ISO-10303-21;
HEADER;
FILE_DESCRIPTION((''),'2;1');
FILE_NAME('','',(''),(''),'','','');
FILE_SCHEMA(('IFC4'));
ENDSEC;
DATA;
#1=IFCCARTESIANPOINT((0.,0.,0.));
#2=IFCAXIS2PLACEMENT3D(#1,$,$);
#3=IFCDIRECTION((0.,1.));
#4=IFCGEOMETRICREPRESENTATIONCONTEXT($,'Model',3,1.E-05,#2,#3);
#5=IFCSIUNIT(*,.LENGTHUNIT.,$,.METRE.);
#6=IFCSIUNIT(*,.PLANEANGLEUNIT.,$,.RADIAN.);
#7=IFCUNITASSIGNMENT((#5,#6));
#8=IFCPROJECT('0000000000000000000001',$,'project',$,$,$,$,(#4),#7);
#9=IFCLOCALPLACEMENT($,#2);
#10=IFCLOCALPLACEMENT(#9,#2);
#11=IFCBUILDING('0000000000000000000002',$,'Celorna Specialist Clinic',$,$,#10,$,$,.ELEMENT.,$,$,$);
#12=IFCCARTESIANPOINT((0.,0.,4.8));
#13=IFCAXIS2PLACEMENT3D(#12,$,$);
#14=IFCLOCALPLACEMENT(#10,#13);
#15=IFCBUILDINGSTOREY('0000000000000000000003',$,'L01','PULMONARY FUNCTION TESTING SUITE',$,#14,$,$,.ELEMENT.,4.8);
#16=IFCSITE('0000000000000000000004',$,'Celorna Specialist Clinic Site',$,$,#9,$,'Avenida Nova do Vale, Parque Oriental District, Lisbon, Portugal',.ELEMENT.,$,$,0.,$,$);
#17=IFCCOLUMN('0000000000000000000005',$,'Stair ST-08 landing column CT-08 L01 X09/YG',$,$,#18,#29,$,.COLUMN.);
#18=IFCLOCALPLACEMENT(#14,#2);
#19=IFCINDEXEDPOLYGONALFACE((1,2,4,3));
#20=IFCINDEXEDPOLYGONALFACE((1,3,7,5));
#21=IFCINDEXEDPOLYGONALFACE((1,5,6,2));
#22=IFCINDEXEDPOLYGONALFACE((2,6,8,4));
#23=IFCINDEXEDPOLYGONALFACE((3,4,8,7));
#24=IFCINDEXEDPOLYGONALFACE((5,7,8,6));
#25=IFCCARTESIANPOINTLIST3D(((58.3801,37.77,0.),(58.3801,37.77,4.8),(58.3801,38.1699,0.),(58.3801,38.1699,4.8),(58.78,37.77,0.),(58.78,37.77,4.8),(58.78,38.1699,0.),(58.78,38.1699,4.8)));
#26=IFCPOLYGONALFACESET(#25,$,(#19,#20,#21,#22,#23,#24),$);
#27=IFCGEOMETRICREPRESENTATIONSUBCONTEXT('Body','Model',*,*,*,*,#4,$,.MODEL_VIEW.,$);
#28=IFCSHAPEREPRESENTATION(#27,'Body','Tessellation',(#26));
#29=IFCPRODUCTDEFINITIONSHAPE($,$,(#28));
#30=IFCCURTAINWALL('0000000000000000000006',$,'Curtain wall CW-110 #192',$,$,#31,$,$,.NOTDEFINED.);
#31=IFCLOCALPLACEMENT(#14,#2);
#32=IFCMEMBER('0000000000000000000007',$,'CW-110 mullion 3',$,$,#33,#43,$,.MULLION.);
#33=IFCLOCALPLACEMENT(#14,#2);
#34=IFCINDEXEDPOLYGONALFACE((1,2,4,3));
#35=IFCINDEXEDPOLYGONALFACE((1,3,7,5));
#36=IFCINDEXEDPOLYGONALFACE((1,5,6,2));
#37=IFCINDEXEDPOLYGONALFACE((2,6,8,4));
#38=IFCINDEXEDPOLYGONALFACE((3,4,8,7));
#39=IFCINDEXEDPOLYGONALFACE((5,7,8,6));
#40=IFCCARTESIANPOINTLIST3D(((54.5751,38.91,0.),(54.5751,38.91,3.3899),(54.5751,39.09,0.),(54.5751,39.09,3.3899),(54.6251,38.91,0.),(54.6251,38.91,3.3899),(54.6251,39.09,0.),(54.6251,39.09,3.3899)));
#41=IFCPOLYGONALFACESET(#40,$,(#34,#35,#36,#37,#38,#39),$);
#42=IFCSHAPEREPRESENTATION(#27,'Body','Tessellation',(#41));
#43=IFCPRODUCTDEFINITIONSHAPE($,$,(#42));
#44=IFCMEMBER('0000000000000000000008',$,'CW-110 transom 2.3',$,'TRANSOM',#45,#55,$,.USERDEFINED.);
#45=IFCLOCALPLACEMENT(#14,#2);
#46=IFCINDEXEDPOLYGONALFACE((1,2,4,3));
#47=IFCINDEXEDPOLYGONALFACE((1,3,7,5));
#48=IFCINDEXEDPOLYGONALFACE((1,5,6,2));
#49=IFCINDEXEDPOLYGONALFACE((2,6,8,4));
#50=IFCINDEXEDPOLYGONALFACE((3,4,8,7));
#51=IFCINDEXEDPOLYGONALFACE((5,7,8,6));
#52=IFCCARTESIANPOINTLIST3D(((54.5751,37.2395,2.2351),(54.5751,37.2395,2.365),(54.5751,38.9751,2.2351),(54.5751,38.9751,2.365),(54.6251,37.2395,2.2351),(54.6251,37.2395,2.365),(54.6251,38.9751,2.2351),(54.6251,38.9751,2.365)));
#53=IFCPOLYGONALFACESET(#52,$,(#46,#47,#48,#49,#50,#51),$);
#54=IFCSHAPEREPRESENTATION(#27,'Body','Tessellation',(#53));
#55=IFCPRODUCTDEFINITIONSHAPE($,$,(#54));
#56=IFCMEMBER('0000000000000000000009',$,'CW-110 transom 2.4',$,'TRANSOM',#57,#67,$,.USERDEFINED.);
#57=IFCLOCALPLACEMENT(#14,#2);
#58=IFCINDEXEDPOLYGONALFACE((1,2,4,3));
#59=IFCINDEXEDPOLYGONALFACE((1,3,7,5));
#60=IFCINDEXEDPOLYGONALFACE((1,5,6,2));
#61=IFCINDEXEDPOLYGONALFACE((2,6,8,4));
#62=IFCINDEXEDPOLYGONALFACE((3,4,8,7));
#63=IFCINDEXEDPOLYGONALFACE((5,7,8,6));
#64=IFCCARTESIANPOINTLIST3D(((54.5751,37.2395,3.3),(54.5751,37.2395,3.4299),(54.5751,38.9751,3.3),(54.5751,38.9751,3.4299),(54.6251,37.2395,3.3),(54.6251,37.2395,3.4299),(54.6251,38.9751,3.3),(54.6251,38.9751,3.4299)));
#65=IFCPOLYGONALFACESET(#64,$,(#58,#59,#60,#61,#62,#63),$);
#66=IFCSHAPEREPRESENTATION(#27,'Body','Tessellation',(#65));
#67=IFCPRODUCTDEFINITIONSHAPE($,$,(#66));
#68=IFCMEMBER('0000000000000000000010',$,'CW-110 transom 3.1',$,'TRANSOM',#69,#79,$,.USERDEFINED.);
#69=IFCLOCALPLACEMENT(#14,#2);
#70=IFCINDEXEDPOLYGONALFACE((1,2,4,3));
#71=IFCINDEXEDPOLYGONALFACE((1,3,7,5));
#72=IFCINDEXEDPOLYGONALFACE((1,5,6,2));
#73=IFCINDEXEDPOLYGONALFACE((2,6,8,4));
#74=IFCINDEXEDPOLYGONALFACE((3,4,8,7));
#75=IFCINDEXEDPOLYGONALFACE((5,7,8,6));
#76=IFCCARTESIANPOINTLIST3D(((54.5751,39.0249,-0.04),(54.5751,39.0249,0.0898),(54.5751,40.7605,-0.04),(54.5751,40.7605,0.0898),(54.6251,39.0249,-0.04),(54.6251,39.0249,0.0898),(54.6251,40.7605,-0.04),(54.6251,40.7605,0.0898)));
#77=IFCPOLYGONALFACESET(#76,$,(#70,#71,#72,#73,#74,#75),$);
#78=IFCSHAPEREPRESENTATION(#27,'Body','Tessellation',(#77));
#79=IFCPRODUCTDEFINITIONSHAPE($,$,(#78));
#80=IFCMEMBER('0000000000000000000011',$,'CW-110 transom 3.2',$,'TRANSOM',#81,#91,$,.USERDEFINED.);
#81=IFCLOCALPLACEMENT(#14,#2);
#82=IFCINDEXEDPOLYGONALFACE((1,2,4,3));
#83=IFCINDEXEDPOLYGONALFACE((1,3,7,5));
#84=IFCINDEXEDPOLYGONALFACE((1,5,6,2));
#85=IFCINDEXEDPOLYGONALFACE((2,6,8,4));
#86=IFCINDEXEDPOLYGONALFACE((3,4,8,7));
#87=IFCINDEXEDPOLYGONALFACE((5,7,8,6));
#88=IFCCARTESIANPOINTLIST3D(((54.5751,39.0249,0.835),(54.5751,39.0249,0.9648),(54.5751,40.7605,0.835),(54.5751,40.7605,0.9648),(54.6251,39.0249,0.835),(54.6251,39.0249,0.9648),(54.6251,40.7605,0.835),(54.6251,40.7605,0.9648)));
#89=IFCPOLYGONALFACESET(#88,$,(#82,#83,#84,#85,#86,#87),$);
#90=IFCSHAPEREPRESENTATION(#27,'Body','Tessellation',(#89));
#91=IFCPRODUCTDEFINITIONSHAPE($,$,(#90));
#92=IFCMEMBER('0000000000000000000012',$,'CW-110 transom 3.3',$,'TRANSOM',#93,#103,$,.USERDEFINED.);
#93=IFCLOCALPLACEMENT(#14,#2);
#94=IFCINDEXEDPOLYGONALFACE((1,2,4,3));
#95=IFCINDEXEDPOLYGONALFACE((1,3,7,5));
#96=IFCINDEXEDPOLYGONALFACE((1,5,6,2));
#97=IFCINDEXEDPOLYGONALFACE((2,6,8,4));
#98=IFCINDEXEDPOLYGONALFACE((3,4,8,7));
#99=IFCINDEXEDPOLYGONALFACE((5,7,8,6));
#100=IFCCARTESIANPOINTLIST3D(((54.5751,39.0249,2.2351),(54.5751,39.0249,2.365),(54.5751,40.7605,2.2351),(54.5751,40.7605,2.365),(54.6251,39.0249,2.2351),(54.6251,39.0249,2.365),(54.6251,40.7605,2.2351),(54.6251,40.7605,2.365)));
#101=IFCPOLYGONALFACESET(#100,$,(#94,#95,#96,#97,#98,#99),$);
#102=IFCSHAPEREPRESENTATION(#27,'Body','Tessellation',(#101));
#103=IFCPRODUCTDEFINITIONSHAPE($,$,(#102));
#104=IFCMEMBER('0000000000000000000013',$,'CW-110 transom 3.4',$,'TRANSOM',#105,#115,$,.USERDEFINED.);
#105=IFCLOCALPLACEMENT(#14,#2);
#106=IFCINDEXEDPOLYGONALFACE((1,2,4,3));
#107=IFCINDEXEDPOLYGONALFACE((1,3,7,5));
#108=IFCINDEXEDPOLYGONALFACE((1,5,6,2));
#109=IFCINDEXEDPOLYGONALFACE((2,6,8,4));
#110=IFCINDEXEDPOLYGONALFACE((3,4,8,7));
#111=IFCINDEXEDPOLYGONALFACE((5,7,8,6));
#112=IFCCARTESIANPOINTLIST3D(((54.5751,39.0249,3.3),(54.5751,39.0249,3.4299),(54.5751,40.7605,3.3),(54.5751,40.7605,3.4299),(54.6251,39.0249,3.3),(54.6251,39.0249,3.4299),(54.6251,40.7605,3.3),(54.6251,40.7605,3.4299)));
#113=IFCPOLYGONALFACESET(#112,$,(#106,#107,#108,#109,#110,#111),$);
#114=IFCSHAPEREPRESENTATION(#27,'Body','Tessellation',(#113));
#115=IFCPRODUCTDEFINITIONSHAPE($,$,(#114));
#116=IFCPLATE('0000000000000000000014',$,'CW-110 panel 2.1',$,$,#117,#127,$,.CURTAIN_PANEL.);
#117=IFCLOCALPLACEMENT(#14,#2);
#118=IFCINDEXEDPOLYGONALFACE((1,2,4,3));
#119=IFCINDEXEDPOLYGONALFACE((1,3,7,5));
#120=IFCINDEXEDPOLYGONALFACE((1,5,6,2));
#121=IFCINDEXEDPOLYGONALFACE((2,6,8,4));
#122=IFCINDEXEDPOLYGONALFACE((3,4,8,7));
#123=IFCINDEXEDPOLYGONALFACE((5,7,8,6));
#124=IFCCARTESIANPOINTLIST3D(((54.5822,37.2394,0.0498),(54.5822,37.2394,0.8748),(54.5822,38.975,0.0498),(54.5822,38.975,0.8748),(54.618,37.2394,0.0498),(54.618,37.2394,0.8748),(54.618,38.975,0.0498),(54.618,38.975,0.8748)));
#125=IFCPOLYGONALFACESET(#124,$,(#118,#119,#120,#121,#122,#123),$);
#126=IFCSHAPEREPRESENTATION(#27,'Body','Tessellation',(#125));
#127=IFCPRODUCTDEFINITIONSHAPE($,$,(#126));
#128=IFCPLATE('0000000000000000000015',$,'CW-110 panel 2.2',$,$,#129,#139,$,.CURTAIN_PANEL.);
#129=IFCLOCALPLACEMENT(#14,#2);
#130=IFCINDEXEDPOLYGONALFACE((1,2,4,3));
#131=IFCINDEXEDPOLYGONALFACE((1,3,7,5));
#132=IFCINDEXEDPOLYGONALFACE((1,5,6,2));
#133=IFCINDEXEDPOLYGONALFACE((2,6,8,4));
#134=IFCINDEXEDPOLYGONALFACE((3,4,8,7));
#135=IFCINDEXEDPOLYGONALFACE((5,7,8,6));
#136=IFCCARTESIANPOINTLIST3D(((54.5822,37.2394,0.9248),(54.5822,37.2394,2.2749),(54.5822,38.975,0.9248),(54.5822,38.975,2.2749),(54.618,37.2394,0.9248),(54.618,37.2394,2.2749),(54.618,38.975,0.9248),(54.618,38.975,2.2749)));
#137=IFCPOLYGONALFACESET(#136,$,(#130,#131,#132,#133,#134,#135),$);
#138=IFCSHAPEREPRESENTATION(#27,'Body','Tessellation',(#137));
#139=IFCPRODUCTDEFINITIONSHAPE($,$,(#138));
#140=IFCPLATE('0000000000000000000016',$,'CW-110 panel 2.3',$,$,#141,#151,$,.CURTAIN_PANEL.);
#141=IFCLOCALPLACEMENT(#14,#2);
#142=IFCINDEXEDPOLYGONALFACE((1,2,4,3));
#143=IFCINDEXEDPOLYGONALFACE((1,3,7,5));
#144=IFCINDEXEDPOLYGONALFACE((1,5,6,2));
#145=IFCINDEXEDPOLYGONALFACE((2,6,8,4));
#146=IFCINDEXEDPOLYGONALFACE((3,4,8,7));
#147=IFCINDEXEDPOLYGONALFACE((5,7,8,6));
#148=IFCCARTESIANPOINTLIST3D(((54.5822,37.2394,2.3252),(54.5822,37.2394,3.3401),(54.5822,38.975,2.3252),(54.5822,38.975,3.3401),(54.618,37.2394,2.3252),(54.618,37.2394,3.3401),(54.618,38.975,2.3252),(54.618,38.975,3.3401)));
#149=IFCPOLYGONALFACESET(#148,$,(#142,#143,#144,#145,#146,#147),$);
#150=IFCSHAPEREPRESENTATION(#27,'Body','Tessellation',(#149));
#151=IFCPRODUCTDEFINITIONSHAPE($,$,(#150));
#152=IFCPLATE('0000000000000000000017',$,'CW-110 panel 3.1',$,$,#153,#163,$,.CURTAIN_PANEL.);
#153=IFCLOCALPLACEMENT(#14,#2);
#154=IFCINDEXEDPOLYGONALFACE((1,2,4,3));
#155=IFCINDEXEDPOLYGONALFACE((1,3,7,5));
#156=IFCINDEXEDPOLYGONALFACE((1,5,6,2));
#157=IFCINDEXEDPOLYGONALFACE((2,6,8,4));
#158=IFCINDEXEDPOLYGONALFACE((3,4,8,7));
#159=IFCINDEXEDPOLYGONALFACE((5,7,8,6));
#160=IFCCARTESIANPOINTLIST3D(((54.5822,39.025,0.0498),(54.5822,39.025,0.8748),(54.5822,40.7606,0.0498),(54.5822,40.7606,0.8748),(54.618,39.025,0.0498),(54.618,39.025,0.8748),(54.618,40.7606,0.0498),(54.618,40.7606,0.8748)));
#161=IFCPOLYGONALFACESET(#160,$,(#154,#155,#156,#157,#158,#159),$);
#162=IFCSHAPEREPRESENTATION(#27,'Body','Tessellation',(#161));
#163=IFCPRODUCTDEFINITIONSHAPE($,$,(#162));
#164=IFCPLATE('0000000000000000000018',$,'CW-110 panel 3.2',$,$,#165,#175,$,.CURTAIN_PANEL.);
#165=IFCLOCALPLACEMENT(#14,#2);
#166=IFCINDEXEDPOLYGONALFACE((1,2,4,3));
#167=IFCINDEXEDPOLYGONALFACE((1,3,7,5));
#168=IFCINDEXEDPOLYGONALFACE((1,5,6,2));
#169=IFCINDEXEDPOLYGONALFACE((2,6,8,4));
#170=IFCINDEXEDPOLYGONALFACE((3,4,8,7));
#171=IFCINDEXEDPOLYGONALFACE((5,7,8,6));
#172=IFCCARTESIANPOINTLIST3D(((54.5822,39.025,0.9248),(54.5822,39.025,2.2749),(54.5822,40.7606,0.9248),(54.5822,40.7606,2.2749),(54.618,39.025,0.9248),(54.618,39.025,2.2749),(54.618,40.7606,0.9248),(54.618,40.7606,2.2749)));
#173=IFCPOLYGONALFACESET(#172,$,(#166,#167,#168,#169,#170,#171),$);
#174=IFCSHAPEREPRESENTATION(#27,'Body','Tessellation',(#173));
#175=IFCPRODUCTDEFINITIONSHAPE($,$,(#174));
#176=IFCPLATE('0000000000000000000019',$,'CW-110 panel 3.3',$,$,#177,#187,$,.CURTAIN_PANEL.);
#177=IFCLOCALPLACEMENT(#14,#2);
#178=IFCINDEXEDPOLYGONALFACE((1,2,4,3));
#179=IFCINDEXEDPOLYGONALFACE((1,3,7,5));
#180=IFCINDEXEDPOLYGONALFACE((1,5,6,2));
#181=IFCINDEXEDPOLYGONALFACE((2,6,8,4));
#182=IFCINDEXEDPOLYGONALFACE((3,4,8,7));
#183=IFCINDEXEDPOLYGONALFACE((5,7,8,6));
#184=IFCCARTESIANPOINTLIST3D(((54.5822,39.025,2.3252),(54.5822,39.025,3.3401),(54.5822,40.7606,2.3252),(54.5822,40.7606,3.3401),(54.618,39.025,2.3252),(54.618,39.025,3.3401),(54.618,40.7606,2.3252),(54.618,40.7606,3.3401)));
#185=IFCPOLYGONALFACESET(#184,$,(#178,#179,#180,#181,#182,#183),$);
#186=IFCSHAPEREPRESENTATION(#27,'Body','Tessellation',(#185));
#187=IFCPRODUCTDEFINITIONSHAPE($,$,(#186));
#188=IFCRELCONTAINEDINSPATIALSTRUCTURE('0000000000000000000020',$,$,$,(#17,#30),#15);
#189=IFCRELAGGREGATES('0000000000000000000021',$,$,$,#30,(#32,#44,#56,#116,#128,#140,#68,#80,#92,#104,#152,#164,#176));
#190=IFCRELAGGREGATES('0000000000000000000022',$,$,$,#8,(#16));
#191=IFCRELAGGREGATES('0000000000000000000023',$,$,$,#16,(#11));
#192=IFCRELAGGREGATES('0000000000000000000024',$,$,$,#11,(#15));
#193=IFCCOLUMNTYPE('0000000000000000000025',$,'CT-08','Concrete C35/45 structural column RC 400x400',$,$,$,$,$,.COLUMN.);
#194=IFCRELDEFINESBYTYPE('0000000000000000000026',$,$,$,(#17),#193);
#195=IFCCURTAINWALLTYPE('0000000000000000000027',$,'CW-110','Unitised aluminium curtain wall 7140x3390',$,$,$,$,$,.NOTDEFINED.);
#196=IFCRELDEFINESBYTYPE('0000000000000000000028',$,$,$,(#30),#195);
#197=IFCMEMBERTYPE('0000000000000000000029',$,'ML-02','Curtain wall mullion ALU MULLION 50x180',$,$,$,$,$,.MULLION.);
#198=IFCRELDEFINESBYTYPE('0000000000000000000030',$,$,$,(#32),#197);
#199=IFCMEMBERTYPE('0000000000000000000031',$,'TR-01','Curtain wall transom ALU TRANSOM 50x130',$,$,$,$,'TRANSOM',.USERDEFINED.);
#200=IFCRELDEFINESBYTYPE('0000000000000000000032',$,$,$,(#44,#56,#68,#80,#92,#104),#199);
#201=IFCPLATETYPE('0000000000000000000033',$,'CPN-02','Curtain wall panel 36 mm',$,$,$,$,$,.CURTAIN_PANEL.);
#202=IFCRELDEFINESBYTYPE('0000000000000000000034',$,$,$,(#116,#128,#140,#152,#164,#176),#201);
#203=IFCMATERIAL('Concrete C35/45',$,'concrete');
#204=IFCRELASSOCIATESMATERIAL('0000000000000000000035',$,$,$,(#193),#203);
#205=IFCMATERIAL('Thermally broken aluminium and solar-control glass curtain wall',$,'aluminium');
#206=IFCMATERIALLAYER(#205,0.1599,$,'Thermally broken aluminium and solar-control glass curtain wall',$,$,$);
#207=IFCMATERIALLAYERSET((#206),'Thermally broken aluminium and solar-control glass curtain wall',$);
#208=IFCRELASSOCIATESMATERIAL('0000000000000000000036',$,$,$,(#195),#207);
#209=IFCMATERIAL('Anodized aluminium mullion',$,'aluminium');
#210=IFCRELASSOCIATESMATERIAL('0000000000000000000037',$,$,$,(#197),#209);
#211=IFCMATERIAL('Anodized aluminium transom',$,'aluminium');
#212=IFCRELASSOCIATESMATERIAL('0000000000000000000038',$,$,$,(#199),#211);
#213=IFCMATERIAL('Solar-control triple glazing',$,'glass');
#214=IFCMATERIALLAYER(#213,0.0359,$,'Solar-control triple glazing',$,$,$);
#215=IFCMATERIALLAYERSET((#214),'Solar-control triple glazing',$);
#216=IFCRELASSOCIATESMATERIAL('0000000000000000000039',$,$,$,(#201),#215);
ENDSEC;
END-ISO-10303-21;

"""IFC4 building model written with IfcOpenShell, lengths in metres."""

from ifc_helpers import new_model, si_unit, direction, frame, origin, origin_2d, place, context, subcontext, project, spatial, rectangle, extrude, material, layer, layer_set, material_profile, profile_set, type_object, element, aggregate, save


model = new_model("IFC4")

# Units and contexts
model_context = context("Model", 3, precision=1e-05, world=origin(), true_north=direction((0.0, 1.0)))
body_context = subcontext(model_context, "Body", "Model", "MODEL_VIEW")
ifc_project = project(units=[si_unit("LENGTHUNIT", "METRE"), si_unit("PLANEANGLEUNIT", "RADIAN")], contexts=[model_context])

# Site, building, storey
site_placement = place(None, origin())
site = spatial("IfcSite", under=ifc_project, at=site_placement, Name="Celorna Specialist Clinic Site", LongName="Avenida Nova do Vale, Parque Oriental District, Lisbon, Portugal", CompositionType="ELEMENT", RefElevation=0.0)
building_placement = place(site_placement, origin())
building = spatial("IfcBuilding", under=site, at=building_placement, Name="Celorna Specialist Clinic", CompositionType="ELEMENT")
storey_placement = place(building_placement, frame((0.0, 0.0, 4.8)))
storey = spatial("IfcBuildingStorey", under=building, at=storey_placement, Name="L01", Description="PULMONARY FUNCTION TESTING SUITE", CompositionType="ELEMENT", Elevation=4.8)

# Column
ifc_material_1 = material(Name="Concrete C35/45", Category="concrete")
ifc_material_profile_1 = material_profile(ifc_material_1, rectangle(XDim=0.3999, YDim=0.3999, at=origin_2d()), Name="RC 400x400")
ifc_profile_set_1 = profile_set([ifc_material_profile_1], Name="Concrete C35/45")
column_type = type_object("IfcColumnType", Name="CT-08", Description="Concrete C35/45 structural column RC 400x400", PredefinedType="COLUMN", material=ifc_profile_set_1)
column_placement = place(storey_placement, frame((58.5801, 37.97, 0.0), z_axis=(0.0, 0.0, 1.0), x_axis=(1.0, 0.0, 0.0)))
element("IfcColumn", 1, at=column_placement, inside=storey, type_object=column_type, Name="Stair ST-08 landing column CT-08 L01 X09/YG", PredefinedType="COLUMN", context=body_context, shape_type="SweptSolid", body=[
    extrude(rectangle(XDim=0.3999, YDim=0.3999, at=origin_2d()), origin(), (0.0, 0.0, 1.0), 4.8),
])

# Curtain wall, members, plates
ifc_material_2 = material(Name="Thermally broken aluminium and solar-control glass curtain wall", Category="aluminium")
ifc_layer_1 = layer(ifc_material_2, 0.1599, Name="Thermally broken aluminium and solar-control glass curtain wall")
ifc_layer_set_1 = layer_set([ifc_layer_1], Name="Thermally broken aluminium and solar-control glass curtain wall")
curtain_wall_type = type_object("IfcCurtainWallType", Name="CW-110", Description="Unitised aluminium curtain wall 7140x3390", PredefinedType="NOTDEFINED", material=ifc_layer_set_1)
curtain_wall_placement = place(storey_placement, origin())
curtain_wall = element("IfcCurtainWall", 2, at=curtain_wall_placement, inside=storey, type_object=curtain_wall_type, Name="Curtain wall CW-110 #192", PredefinedType="NOTDEFINED")
ifc_material_3 = material(Name="Anodized aluminium mullion", Category="aluminium")
ifc_material_profile_2 = material_profile(ifc_material_3, rectangle(XDim=0.05, YDim=0.1799, at=origin_2d()), Name="ALU MULLION 50x180")
ifc_profile_set_2 = profile_set([ifc_material_profile_2], Name="Anodized aluminium mullion")
member_type_1 = type_object("IfcMemberType", Name="ML-02", Description="Curtain wall mullion ALU MULLION 50x180", PredefinedType="MULLION", material=ifc_profile_set_2)
member_1_placement = place(storey_placement, frame((54.6001, 39.0, 0.0), z_axis=(0.0, 0.0, 1.0), x_axis=(-1.0, 0.0, 0.0)))
member_1 = element("IfcMember", 3, at=member_1_placement, type_object=member_type_1, Name="CW-110 mullion 3", PredefinedType="MULLION", context=body_context, shape_type="SweptSolid", body=[
    extrude(rectangle(XDim=0.05, YDim=0.1799, at=origin_2d()), origin(), (0.0, 0.0, 1.0), 3.3899),
])
ifc_material_4 = material(Name="Anodized aluminium transom", Category="aluminium")
ifc_material_profile_3 = material_profile(ifc_material_4, rectangle(XDim=0.05, YDim=0.1299, at=origin_2d()), Name="ALU TRANSOM 50x130")
ifc_profile_set_3 = profile_set([ifc_material_profile_3], Name="Anodized aluminium transom")
member_type_2 = type_object("IfcMemberType", Name="TR-01", Description="Curtain wall transom ALU TRANSOM 50x130", ElementType="TRANSOM", PredefinedType="USERDEFINED", material=ifc_profile_set_3)
member_2_placement = place(storey_placement, frame((54.6001, 37.2395, 2.3), z_axis=(0.0, 1.0, 0.0), x_axis=(-1.0, 0.0, 0.0)))
member_2 = element("IfcMember", 4, at=member_2_placement, type_object=member_type_2, Name="CW-110 transom 2.3", ObjectType="TRANSOM", PredefinedType="USERDEFINED", context=body_context, shape_type="SweptSolid", body=[
    extrude(rectangle(XDim=0.05, YDim=0.1299, at=origin_2d()), origin(), (0.0, 0.0, 1.0), 1.7356),
])
member_3_placement = place(storey_placement, frame((54.6001, 37.2395, 3.365), z_axis=(0.0, 1.0, 0.0), x_axis=(-1.0, 0.0, 0.0)))
member_3 = element("IfcMember", 5, at=member_3_placement, type_object=member_type_2, Name="CW-110 transom 2.4", ObjectType="TRANSOM", PredefinedType="USERDEFINED", context=body_context, shape_type="SweptSolid", body=[
    extrude(rectangle(XDim=0.05, YDim=0.1299, at=origin_2d()), origin(), (0.0, 0.0, 1.0), 1.7356),
])
member_4_placement = place(storey_placement, frame((54.6001, 39.0249, 0.0249), z_axis=(0.0, 1.0, 0.0), x_axis=(-1.0, 0.0, 0.0)))
member_4 = element("IfcMember", 6, at=member_4_placement, type_object=member_type_2, Name="CW-110 transom 3.1", ObjectType="TRANSOM", PredefinedType="USERDEFINED", context=body_context, shape_type="SweptSolid", body=[
    extrude(rectangle(XDim=0.05, YDim=0.1299, at=origin_2d()), origin(), (0.0, 0.0, 1.0), 1.7356),
])
member_5_placement = place(storey_placement, frame((54.6001, 39.0249, 0.8999), z_axis=(0.0, 1.0, 0.0), x_axis=(-1.0, 0.0, 0.0)))
member_5 = element("IfcMember", 7, at=member_5_placement, type_object=member_type_2, Name="CW-110 transom 3.2", ObjectType="TRANSOM", PredefinedType="USERDEFINED", context=body_context, shape_type="SweptSolid", body=[
    extrude(rectangle(XDim=0.05, YDim=0.1299, at=origin_2d()), origin(), (0.0, 0.0, 1.0), 1.7356),
])
member_6_placement = place(storey_placement, frame((54.6001, 39.0249, 2.3), z_axis=(0.0, 1.0, 0.0), x_axis=(-1.0, 0.0, 0.0)))
member_6 = element("IfcMember", 8, at=member_6_placement, type_object=member_type_2, Name="CW-110 transom 3.3", ObjectType="TRANSOM", PredefinedType="USERDEFINED", context=body_context, shape_type="SweptSolid", body=[
    extrude(rectangle(XDim=0.05, YDim=0.1299, at=origin_2d()), origin(), (0.0, 0.0, 1.0), 1.7356),
])
member_7_placement = place(storey_placement, frame((54.6001, 39.0249, 3.365), z_axis=(0.0, 1.0, 0.0), x_axis=(-1.0, 0.0, 0.0)))
member_7 = element("IfcMember", 9, at=member_7_placement, type_object=member_type_2, Name="CW-110 transom 3.4", ObjectType="TRANSOM", PredefinedType="USERDEFINED", context=body_context, shape_type="SweptSolid", body=[
    extrude(rectangle(XDim=0.05, YDim=0.1299, at=origin_2d()), origin(), (0.0, 0.0, 1.0), 1.7356),
])
ifc_material_5 = material(Name="Solar-control triple glazing", Category="glass")
ifc_layer_2 = layer(ifc_material_5, 0.0359, Name="Solar-control triple glazing")
ifc_layer_set_2 = layer_set([ifc_layer_2], Name="Solar-control triple glazing")
plate_type = type_object("IfcPlateType", Name="CPN-02", Description="Curtain wall panel 36 mm", PredefinedType="CURTAIN_PANEL", material=ifc_layer_set_2)
plate_1_placement = place(storey_placement, frame((54.6001, 38.1072, 0.0498), z_axis=(0.0, 0.0, 1.0), x_axis=(0.0, 1.0, 0.0)))
plate_1 = element("IfcPlate", 10, at=plate_1_placement, type_object=plate_type, Name="CW-110 panel 2.1", PredefinedType="CURTAIN_PANEL", context=body_context, shape_type="SweptSolid", body=[
    extrude(rectangle(XDim=1.7356, YDim=0.0359, at=origin_2d()), origin(), (0.0, 0.0, 1.0), 0.825),
])
plate_2_placement = place(storey_placement, frame((54.6001, 38.1072, 0.9248), z_axis=(0.0, 0.0, 1.0), x_axis=(0.0, 1.0, 0.0)))
plate_2 = element("IfcPlate", 11, at=plate_2_placement, type_object=plate_type, Name="CW-110 panel 2.2", PredefinedType="CURTAIN_PANEL", context=body_context, shape_type="SweptSolid", body=[
    extrude(rectangle(XDim=1.7356, YDim=0.0359, at=origin_2d()), origin(), (0.0, 0.0, 1.0), 1.3501),
])
plate_3_placement = place(storey_placement, frame((54.6001, 38.1072, 2.3252), z_axis=(0.0, 0.0, 1.0), x_axis=(0.0, 1.0, 0.0)))
plate_3 = element("IfcPlate", 12, at=plate_3_placement, type_object=plate_type, Name="CW-110 panel 2.3", PredefinedType="CURTAIN_PANEL", context=body_context, shape_type="SweptSolid", body=[
    extrude(rectangle(XDim=1.7356, YDim=0.0359, at=origin_2d()), origin(), (0.0, 0.0, 1.0), 1.0149),
])
plate_4_placement = place(storey_placement, frame((54.6001, 39.8928, 0.0498), z_axis=(0.0, 0.0, 1.0), x_axis=(0.0, 1.0, 0.0)))
plate_4 = element("IfcPlate", 13, at=plate_4_placement, type_object=plate_type, Name="CW-110 panel 3.1", PredefinedType="CURTAIN_PANEL", context=body_context, shape_type="SweptSolid", body=[
    extrude(rectangle(XDim=1.7356, YDim=0.0359, at=origin_2d()), origin(), (0.0, 0.0, 1.0), 0.825),
])
plate_5_placement = place(storey_placement, frame((54.6001, 39.8928, 0.9248), z_axis=(0.0, 0.0, 1.0), x_axis=(0.0, 1.0, 0.0)))
plate_5 = element("IfcPlate", 14, at=plate_5_placement, type_object=plate_type, Name="CW-110 panel 3.2", PredefinedType="CURTAIN_PANEL", context=body_context, shape_type="SweptSolid", body=[
    extrude(rectangle(XDim=1.7356, YDim=0.0359, at=origin_2d()), origin(), (0.0, 0.0, 1.0), 1.3501),
])
plate_6_placement = place(storey_placement, frame((54.6001, 39.8928, 2.3252), z_axis=(0.0, 0.0, 1.0), x_axis=(0.0, 1.0, 0.0)))
plate_6 = element("IfcPlate", 15, at=plate_6_placement, type_object=plate_type, Name="CW-110 panel 3.3", PredefinedType="CURTAIN_PANEL", context=body_context, shape_type="SweptSolid", body=[
    extrude(rectangle(XDim=1.7356, YDim=0.0359, at=origin_2d()), origin(), (0.0, 0.0, 1.0), 1.0149),
])
aggregate(curtain_wall, [member_1, member_2, member_3, plate_1, plate_2, plate_3, member_4, member_5, member_6, member_7, plate_4, plate_5, plate_6])

save(model, "model.ifc")
